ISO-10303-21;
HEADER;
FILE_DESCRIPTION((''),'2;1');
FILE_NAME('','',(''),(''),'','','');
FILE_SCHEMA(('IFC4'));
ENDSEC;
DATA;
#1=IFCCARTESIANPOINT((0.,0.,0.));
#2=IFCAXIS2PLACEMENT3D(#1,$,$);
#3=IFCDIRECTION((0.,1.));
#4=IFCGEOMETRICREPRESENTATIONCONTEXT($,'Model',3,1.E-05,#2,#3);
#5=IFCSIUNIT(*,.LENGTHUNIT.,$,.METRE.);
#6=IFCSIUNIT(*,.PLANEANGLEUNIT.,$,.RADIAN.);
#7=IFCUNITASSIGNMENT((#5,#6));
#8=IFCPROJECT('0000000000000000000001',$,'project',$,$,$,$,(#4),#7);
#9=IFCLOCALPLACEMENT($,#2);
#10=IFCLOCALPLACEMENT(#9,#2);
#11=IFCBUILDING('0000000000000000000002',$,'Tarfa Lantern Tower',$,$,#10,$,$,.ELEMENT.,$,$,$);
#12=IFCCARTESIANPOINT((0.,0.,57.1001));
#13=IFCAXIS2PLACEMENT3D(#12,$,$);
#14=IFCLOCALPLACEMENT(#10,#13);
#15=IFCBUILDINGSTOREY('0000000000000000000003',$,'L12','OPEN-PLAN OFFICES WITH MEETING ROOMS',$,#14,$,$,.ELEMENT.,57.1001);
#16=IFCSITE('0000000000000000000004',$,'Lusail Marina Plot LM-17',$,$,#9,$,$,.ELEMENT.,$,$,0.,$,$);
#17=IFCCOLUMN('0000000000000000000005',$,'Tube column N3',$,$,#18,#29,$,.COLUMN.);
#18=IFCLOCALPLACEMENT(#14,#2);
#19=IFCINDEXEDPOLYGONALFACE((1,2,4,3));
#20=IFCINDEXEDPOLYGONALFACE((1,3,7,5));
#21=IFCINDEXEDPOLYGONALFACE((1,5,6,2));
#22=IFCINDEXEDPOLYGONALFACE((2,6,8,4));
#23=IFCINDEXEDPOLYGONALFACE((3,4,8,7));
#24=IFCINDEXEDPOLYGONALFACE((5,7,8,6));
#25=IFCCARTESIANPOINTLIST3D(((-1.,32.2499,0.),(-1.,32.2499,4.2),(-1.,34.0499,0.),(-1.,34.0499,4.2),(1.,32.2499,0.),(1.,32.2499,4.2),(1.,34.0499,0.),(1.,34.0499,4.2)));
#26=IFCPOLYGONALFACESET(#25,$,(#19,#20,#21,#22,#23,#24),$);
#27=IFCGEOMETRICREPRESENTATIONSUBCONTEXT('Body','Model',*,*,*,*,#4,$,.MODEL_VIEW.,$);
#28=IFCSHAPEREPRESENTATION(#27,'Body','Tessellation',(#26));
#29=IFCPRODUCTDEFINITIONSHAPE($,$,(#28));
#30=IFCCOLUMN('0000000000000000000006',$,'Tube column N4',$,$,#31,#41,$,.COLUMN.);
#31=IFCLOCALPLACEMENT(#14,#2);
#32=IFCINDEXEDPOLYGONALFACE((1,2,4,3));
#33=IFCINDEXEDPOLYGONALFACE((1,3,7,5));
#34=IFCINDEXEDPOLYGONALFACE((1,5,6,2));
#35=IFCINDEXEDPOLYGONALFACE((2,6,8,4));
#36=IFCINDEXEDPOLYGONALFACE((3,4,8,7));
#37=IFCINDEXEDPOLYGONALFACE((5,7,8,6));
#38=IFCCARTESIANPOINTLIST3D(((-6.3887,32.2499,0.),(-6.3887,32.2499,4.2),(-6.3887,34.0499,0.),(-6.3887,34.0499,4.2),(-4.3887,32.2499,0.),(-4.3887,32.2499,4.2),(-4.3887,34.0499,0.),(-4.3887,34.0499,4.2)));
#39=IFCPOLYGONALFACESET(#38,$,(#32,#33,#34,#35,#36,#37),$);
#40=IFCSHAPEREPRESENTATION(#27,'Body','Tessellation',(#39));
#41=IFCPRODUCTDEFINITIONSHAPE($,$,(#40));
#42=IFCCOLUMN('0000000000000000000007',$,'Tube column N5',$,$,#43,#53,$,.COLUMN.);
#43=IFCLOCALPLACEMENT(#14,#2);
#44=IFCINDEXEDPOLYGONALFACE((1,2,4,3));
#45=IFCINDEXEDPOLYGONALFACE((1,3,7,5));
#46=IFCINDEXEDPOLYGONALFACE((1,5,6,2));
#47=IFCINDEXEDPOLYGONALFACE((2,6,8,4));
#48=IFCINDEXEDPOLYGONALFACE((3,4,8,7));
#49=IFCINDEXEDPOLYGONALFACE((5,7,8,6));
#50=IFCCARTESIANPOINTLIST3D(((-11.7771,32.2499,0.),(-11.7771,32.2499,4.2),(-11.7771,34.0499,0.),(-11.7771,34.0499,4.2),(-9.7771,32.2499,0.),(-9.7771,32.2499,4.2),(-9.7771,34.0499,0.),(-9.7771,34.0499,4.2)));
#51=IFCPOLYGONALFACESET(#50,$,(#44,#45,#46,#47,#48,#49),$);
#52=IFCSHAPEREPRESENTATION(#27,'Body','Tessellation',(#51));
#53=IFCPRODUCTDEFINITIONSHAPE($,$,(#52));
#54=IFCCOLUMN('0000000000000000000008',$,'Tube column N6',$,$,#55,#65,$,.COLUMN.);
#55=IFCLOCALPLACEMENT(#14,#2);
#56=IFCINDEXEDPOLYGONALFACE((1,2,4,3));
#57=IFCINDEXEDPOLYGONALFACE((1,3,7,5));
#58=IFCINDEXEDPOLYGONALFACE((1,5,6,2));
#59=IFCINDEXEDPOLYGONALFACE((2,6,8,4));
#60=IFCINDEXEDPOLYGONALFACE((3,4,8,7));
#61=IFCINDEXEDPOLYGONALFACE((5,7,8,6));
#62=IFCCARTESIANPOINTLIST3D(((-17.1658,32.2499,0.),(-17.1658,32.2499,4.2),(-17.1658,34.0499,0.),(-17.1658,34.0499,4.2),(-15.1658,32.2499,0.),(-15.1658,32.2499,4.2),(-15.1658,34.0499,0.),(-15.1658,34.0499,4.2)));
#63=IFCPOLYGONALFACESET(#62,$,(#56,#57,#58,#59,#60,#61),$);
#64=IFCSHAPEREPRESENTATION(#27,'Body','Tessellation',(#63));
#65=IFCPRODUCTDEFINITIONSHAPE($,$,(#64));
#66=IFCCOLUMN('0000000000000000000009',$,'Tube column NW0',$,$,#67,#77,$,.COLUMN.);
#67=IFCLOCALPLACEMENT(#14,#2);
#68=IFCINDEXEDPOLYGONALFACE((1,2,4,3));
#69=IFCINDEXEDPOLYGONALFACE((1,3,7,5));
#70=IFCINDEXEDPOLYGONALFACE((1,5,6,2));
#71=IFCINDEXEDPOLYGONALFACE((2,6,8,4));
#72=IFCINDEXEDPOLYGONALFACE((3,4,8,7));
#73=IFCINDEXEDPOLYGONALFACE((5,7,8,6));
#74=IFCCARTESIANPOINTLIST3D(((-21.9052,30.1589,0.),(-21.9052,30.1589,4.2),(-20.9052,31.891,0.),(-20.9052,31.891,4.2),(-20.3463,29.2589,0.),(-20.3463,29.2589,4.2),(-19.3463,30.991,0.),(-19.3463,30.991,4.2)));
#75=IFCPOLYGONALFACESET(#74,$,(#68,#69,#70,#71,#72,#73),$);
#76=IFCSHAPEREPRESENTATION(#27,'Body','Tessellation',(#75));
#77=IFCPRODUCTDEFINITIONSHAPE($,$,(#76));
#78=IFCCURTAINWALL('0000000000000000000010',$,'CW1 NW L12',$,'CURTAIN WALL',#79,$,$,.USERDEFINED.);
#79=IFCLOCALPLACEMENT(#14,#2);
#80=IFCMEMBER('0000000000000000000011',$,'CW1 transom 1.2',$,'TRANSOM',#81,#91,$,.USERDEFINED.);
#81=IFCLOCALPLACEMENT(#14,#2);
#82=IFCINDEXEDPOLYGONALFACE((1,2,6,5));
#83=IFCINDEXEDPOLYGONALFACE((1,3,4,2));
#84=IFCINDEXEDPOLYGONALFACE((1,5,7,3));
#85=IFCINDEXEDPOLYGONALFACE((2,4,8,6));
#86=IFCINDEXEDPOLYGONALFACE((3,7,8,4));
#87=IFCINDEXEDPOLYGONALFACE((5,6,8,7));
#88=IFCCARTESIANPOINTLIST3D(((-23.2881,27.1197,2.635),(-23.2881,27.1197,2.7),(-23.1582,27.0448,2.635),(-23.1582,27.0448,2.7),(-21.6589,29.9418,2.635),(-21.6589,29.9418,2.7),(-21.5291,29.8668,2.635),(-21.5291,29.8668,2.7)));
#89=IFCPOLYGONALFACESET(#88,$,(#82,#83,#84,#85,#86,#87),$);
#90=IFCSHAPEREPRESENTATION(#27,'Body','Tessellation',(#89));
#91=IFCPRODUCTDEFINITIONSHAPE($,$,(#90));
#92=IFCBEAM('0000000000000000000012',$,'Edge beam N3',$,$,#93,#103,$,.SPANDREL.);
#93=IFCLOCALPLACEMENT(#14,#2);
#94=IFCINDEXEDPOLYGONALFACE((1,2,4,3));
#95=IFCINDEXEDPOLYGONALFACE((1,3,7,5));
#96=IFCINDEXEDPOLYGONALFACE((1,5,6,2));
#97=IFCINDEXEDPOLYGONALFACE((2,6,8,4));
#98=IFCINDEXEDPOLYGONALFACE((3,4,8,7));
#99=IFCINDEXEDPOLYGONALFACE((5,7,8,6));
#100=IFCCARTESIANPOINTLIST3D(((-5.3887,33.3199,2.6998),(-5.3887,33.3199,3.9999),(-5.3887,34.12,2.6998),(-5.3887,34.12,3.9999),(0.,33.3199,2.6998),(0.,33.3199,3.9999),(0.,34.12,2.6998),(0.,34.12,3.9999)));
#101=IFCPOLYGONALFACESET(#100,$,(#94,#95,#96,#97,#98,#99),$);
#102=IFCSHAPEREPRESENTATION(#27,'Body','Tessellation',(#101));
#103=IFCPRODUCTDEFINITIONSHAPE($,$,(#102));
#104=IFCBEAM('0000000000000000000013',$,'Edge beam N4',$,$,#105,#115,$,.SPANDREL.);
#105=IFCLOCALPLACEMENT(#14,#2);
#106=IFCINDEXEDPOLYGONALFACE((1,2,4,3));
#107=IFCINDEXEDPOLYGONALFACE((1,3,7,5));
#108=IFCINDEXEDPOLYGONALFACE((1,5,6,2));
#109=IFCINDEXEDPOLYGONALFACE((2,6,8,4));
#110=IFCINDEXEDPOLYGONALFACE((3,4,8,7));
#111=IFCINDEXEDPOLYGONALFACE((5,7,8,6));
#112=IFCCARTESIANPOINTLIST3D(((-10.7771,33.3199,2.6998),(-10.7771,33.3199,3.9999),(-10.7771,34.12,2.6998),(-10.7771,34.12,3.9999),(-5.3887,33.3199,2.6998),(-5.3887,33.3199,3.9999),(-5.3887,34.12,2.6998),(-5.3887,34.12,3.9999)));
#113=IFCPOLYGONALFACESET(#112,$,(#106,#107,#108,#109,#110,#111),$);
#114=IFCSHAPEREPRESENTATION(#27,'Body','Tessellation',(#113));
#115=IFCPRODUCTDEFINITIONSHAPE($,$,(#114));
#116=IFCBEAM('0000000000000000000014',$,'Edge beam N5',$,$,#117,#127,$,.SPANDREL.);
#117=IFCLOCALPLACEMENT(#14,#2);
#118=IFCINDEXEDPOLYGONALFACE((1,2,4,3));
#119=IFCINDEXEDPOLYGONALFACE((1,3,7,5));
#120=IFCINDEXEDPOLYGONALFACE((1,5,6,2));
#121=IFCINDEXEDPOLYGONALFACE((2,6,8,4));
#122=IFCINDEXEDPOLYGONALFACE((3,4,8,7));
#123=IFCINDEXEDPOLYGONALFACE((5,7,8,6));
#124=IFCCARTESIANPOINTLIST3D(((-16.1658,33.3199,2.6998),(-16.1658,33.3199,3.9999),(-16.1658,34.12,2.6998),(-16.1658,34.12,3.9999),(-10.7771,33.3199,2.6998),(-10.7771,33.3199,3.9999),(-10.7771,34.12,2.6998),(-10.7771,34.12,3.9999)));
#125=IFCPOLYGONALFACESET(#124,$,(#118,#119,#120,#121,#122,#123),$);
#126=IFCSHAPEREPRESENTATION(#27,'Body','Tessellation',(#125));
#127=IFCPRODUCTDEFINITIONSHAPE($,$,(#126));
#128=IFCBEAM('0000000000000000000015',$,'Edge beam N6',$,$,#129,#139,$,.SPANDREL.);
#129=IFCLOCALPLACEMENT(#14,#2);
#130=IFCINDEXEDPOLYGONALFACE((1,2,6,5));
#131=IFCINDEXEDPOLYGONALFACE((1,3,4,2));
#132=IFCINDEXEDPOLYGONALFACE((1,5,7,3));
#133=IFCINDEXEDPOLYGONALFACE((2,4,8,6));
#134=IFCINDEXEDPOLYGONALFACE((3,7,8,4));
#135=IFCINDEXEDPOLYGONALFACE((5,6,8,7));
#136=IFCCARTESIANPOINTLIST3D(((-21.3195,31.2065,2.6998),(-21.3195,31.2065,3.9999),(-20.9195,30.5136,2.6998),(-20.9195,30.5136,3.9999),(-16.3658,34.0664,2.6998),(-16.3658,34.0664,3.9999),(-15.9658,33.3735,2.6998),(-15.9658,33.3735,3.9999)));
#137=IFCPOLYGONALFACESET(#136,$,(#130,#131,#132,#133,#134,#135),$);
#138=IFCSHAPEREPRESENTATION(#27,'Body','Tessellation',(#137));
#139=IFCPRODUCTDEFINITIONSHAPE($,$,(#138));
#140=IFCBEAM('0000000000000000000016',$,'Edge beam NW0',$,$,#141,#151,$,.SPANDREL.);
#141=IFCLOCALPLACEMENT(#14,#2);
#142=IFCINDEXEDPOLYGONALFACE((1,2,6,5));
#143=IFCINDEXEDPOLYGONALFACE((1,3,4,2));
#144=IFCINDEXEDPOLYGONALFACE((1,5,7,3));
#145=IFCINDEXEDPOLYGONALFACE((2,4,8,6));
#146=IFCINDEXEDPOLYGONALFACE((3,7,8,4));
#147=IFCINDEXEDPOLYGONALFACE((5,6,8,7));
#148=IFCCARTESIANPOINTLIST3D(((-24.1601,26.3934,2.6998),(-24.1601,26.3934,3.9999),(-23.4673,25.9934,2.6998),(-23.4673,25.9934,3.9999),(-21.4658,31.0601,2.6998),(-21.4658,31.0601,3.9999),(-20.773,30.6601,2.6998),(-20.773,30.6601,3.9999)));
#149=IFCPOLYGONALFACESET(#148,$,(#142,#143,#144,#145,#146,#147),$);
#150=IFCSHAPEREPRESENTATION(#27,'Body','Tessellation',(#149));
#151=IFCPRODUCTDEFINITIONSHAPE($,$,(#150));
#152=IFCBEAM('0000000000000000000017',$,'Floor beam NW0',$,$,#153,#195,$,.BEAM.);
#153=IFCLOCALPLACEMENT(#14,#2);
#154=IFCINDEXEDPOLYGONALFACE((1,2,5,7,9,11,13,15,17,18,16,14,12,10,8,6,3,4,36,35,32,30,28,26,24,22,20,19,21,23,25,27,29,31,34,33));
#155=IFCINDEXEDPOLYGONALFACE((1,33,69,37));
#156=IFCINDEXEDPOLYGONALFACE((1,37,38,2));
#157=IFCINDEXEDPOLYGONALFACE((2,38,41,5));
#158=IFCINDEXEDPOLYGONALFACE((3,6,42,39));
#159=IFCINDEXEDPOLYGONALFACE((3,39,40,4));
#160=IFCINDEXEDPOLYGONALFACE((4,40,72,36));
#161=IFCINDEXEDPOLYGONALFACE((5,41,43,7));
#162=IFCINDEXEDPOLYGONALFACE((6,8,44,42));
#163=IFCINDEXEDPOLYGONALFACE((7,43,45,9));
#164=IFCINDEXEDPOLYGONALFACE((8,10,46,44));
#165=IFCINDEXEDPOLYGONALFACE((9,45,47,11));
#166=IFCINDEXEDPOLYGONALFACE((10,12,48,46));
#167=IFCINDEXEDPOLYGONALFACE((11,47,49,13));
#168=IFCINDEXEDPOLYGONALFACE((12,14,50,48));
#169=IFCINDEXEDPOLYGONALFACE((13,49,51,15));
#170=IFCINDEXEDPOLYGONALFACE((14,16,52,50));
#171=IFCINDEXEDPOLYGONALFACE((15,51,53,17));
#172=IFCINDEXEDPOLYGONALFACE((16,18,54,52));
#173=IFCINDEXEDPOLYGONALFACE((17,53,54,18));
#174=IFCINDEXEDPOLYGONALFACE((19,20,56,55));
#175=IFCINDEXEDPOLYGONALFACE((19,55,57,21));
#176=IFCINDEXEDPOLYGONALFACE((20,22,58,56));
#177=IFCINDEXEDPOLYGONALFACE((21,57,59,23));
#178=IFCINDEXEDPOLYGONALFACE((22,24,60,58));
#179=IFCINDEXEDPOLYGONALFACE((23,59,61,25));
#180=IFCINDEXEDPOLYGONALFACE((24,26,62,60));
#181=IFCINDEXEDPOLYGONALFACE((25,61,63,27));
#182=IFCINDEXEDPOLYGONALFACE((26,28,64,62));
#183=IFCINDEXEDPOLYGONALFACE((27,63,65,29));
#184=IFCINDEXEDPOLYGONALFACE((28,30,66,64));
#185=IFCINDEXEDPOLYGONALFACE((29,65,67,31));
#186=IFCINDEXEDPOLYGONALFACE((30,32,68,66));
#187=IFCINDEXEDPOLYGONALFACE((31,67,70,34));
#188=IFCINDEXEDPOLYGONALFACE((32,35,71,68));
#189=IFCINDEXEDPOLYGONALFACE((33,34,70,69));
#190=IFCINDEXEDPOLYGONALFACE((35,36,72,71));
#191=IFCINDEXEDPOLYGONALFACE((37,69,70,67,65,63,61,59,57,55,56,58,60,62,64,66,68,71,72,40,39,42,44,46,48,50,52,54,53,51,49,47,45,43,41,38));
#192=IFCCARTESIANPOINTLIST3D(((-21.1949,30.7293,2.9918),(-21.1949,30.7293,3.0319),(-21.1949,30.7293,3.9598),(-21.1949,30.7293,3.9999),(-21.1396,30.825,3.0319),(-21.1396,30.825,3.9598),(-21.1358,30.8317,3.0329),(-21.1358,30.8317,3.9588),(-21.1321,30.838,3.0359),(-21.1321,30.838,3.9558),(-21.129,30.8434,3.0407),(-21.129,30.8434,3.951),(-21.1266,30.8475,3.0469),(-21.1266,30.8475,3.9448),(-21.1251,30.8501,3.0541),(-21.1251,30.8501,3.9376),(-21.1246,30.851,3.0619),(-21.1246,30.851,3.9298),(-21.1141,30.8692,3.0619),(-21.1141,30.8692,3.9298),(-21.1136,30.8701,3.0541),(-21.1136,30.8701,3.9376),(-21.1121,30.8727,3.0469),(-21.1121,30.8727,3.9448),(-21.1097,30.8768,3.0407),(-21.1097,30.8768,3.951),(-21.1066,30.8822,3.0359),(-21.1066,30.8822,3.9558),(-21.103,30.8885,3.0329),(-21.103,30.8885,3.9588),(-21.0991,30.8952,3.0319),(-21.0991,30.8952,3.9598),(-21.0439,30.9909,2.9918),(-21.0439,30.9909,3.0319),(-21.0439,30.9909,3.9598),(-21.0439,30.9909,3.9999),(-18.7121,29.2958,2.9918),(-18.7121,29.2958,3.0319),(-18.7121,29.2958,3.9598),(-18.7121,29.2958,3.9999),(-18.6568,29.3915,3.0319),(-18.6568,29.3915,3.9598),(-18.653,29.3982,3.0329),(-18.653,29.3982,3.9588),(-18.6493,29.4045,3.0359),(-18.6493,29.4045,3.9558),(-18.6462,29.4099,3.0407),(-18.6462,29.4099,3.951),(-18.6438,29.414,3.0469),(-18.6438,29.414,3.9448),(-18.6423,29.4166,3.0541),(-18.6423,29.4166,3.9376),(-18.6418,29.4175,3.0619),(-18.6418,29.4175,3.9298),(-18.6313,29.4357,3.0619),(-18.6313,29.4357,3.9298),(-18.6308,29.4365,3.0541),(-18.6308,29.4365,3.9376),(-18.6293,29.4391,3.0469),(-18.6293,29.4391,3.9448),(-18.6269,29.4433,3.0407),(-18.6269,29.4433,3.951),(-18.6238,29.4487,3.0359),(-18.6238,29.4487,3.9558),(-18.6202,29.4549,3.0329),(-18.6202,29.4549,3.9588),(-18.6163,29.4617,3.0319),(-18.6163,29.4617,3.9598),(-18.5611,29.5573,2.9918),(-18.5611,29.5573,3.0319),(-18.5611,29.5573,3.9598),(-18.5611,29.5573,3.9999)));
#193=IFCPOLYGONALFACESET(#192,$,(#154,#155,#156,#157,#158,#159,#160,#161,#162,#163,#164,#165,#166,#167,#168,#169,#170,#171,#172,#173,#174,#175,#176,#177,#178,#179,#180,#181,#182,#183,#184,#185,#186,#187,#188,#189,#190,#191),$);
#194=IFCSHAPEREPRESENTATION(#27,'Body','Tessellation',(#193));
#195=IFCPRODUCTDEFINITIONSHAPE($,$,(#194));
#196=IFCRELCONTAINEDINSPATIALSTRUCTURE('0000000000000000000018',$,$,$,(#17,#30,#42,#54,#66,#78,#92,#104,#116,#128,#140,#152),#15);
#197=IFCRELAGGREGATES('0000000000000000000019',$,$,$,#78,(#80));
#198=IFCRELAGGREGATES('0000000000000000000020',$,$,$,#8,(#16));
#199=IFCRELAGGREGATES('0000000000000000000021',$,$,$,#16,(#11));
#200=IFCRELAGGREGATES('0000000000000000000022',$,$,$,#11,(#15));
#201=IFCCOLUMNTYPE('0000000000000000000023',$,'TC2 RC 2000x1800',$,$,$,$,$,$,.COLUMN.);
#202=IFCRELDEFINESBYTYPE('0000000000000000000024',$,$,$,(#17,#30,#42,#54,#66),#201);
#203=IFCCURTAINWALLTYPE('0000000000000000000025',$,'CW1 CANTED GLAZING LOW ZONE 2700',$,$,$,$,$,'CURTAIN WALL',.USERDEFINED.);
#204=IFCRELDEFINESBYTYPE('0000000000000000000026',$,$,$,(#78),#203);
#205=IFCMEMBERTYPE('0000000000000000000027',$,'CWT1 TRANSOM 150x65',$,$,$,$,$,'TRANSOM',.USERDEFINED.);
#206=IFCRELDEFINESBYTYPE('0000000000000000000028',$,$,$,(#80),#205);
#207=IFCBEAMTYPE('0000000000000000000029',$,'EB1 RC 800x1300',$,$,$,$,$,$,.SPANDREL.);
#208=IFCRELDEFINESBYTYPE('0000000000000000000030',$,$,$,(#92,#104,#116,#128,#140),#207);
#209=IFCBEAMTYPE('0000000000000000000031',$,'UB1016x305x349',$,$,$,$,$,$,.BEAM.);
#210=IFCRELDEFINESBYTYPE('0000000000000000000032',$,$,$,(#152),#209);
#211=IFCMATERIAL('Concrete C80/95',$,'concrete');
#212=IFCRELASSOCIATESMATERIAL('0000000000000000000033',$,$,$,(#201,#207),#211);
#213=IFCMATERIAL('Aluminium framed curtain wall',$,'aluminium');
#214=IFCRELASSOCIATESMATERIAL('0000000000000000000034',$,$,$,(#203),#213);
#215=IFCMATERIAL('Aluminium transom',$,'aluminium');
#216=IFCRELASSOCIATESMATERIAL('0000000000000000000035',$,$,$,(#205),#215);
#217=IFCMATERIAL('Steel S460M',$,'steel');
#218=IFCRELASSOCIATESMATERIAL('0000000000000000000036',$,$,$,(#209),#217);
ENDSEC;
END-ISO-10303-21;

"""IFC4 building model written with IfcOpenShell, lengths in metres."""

from ifc_helpers import new_model, si_unit, direction, frame, origin, origin_2d, place, context, subcontext, project, spatial, rectangle, i_section, extrude, material, material_profile, profile_set, type_object, element, aggregate, save


model = new_model("IFC4")

# Units and contexts
model_context = context("Model", 3, precision=1e-05, world=origin(), true_north=direction((0.0, 1.0)))
body_context = subcontext(model_context, "Body", "Model", "MODEL_VIEW")
ifc_project = project(units=[si_unit("LENGTHUNIT", "METRE"), si_unit("PLANEANGLEUNIT", "RADIAN")], contexts=[model_context])

# Site, building, storey
site_placement = place(None, origin())
site = spatial("IfcSite", under=ifc_project, at=site_placement, Name="Lusail Marina Plot LM-17", CompositionType="ELEMENT", RefElevation=0.0)
building_placement = place(site_placement, origin())
building = spatial("IfcBuilding", under=site, at=building_placement, Name="Tarfa Lantern Tower", CompositionType="ELEMENT")
storey_placement = place(building_placement, frame((0.0, 0.0, 57.1001)))
storey = spatial("IfcBuildingStorey", under=building, at=storey_placement, Name="L12", Description="OPEN-PLAN OFFICES WITH MEETING ROOMS", CompositionType="ELEMENT", Elevation=57.1001)

# Columns
ifc_material_1 = material(Name="Concrete C80/95", Category="concrete")
ifc_material_profile_1 = material_profile(ifc_material_1, rectangle(XDim=2.0, YDim=1.8, at=origin_2d()), Name="RC 2000x1800")
ifc_profile_set_1 = profile_set([ifc_material_profile_1], Name="Concrete C80/95")
column_type = type_object("IfcColumnType", Name="TC2 RC 2000x1800", PredefinedType="COLUMN", material=ifc_profile_set_1)
for number, where, z_axis, x_axis, name in (
    (1, (0.0, 33.1499, 0.0), (0.0, 0.0, 1.0), (-1.0, 0.0, 0.0), "Tube column N3"),
    (2, (-5.3887, 33.1499, 0.0), (0.0, 0.0, 1.0), (-1.0, 0.0, 0.0), "Tube column N4"),
    (3, (-10.7771, 33.1499, 0.0), (0.0, 0.0, 1.0), (-1.0, 0.0, 0.0), "Tube column N5"),
    (4, (-16.1658, 33.1499, 0.0), (0.0, 0.0, 1.0), (-1.0, 0.0, 0.0), "Tube column N6"),
    (5, (-20.6257, 30.575, 0.0), (0.0, 0.0, 1.0), (-0.5, -0.866025, 0.0), "Tube column NW0"),
):
    element("IfcColumn", number, at=place(storey_placement, frame(where, z_axis=z_axis, x_axis=x_axis)), inside=storey, type_object=column_type, Name=name, PredefinedType="COLUMN", context=body_context, shape_type="SweptSolid", body=[
        extrude(rectangle(XDim=2.0, YDim=1.8, at=origin_2d()), origin(), (0.0, 0.0, 1.0), 4.2),
    ])

# Curtain wall, member
ifc_material_2 = material(Name="Aluminium framed curtain wall", Category="aluminium")
curtain_wall_type = type_object("IfcCurtainWallType", Name="CW1 CANTED GLAZING LOW ZONE 2700", ElementType="CURTAIN WALL", PredefinedType="USERDEFINED", material=ifc_material_2)
curtain_wall_placement = place(storey_placement, origin())
curtain_wall = element("IfcCurtainWall", 6, at=curtain_wall_placement, inside=storey, type_object=curtain_wall_type, Name="CW1 NW L12", ObjectType="CURTAIN WALL", PredefinedType="USERDEFINED")
ifc_material_3 = material(Name="Aluminium transom", Category="aluminium")
ifc_material_profile_2 = material_profile(ifc_material_3, rectangle(XDim=0.1499, YDim=0.0649, at=origin_2d()), Name="AL TRANSOM 150x65")
ifc_profile_set_2 = profile_set([ifc_material_profile_2], Name="Aluminium transom")
member_type = type_object("IfcMemberType", Name="CWT1 TRANSOM 150x65", ElementType="TRANSOM", PredefinedType="USERDEFINED", material=ifc_profile_set_2)
member_placement = place(storey_placement, frame((-21.594, 29.9043, 2.6675), z_axis=(-0.499967, -0.866045, 0.0), x_axis=(0.866045, -0.499967, 0.0)))
member = element("IfcMember", 7, at=member_placement, type_object=member_type, Name="CW1 transom 1.2", ObjectType="TRANSOM", PredefinedType="USERDEFINED", context=body_context, shape_type="SweptSolid", body=[
    extrude(rectangle(XDim=0.1499, YDim=0.0649, at=origin_2d()), origin(), (0.0, 0.0, 1.0), 3.2585),
])
aggregate(curtain_wall, [member])

# Beams
ifc_material_profile_3 = material_profile(ifc_material_1, rectangle(XDim=0.8, YDim=1.3, at=origin_2d()), Name="RC 800x1300")
ifc_profile_set_3 = profile_set([ifc_material_profile_3], Name="Concrete C80/95")
beam_type_1 = type_object("IfcBeamType", Name="EB1 RC 800x1300", PredefinedType="SPANDREL", material=ifc_profile_set_3)
beam_1_placement = place(storey_placement, frame((0.0, 33.72, 3.3499), z_axis=(-1.0, 0.0, 0.0), x_axis=(0.0, -1.0, 0.0)))
element("IfcBeam", 8, at=beam_1_placement, inside=storey, type_object=beam_type_1, Name="Edge beam N3", PredefinedType="SPANDREL", context=body_context, shape_type="SweptSolid", body=[
    extrude(rectangle(XDim=0.8, YDim=1.3, at=origin_2d()), origin(), (0.0, 0.0, 1.0), 5.3887),
])
beam_2_placement = place(storey_placement, frame((-5.3887, 33.72, 3.3499), z_axis=(-1.0, 0.0, 0.0), x_axis=(0.0, -1.0, 0.0)))
element("IfcBeam", 9, at=beam_2_placement, inside=storey, type_object=beam_type_1, Name="Edge beam N4", PredefinedType="SPANDREL", context=body_context, shape_type="SweptSolid", body=[
    extrude(rectangle(XDim=0.8, YDim=1.3, at=origin_2d()), origin(), (0.0, 0.0, 1.0), 5.3884),
])
beam_3_placement = place(storey_placement, frame((-10.7771, 33.72, 3.3499), z_axis=(-1.0, 0.0, 0.0), x_axis=(0.0, -1.0, 0.0)))
element("IfcBeam", 10, at=beam_3_placement, inside=storey, type_object=beam_type_1, Name="Edge beam N5", PredefinedType="SPANDREL", context=body_context, shape_type="SweptSolid", body=[
    extrude(rectangle(XDim=0.8, YDim=1.3, at=origin_2d()), origin(), (0.0, 0.0, 1.0), 5.3887),
])
beam_4_placement = place(storey_placement, frame((-16.1658, 33.72, 3.3499), z_axis=(-0.866033, -0.499986, 0.0), x_axis=(0.499986, -0.866033, 0.0)))
element("IfcBeam", 11, at=beam_4_placement, inside=storey, type_object=beam_type_1, Name="Edge beam N6", PredefinedType="SPANDREL", context=body_context, shape_type="SweptSolid", body=[
    extrude(rectangle(XDim=0.8, YDim=1.3, at=origin_2d()), origin(), (0.0, 0.0, 1.0), 5.72),
])
beam_5_placement = place(storey_placement, frame((-21.1194, 30.8601, 3.3499), z_axis=(-0.499998, -0.866026, 0.0), x_axis=(0.866026, -0.499998, 0.0)))
element("IfcBeam", 12, at=beam_5_placement, inside=storey, type_object=beam_type_1, Name="Edge beam NW0", PredefinedType="SPANDREL", context=body_context, shape_type="SweptSolid", body=[
    extrude(rectangle(XDim=0.8, YDim=1.3, at=origin_2d()), origin(), (0.0, 0.0, 1.0), 5.3887),
])
ifc_material_4 = material(Name="Steel S460M", Category="steel")
ifc_material_profile_4 = material_profile(ifc_material_4, i_section(OverallWidth=0.302, OverallDepth=1.0081, WebThickness=0.021, FlangeThickness=0.04, FilletRadius=0.03, at=origin_2d()), Name="UB1016x305x349")
ifc_profile_set_4 = profile_set([ifc_material_profile_4], Name="Steel S460M")
beam_type_2 = type_object("IfcBeamType", Name="UB1016x305x349", PredefinedType="BEAM", material=ifc_profile_set_4)
beam_6_placement = place(storey_placement, frame((-21.1194, 30.8601, 3.4958), z_axis=(0.866013, -0.500022, 0.0), x_axis=(0.500022, 0.866013, 0.0)))
element("IfcBeam", 13, at=beam_6_placement, inside=storey, type_object=beam_type_2, Name="Floor beam NW0", PredefinedType="BEAM", context=body_context, shape_type="SweptSolid", body=[
    extrude(i_section(OverallWidth=0.302, OverallDepth=1.0081, WebThickness=0.021, FlangeThickness=0.04, FilletRadius=0.03, at=origin_2d()), origin(), (0.0, 0.0, 1.0), 2.8669),
])

save(model, "model.ifc")
